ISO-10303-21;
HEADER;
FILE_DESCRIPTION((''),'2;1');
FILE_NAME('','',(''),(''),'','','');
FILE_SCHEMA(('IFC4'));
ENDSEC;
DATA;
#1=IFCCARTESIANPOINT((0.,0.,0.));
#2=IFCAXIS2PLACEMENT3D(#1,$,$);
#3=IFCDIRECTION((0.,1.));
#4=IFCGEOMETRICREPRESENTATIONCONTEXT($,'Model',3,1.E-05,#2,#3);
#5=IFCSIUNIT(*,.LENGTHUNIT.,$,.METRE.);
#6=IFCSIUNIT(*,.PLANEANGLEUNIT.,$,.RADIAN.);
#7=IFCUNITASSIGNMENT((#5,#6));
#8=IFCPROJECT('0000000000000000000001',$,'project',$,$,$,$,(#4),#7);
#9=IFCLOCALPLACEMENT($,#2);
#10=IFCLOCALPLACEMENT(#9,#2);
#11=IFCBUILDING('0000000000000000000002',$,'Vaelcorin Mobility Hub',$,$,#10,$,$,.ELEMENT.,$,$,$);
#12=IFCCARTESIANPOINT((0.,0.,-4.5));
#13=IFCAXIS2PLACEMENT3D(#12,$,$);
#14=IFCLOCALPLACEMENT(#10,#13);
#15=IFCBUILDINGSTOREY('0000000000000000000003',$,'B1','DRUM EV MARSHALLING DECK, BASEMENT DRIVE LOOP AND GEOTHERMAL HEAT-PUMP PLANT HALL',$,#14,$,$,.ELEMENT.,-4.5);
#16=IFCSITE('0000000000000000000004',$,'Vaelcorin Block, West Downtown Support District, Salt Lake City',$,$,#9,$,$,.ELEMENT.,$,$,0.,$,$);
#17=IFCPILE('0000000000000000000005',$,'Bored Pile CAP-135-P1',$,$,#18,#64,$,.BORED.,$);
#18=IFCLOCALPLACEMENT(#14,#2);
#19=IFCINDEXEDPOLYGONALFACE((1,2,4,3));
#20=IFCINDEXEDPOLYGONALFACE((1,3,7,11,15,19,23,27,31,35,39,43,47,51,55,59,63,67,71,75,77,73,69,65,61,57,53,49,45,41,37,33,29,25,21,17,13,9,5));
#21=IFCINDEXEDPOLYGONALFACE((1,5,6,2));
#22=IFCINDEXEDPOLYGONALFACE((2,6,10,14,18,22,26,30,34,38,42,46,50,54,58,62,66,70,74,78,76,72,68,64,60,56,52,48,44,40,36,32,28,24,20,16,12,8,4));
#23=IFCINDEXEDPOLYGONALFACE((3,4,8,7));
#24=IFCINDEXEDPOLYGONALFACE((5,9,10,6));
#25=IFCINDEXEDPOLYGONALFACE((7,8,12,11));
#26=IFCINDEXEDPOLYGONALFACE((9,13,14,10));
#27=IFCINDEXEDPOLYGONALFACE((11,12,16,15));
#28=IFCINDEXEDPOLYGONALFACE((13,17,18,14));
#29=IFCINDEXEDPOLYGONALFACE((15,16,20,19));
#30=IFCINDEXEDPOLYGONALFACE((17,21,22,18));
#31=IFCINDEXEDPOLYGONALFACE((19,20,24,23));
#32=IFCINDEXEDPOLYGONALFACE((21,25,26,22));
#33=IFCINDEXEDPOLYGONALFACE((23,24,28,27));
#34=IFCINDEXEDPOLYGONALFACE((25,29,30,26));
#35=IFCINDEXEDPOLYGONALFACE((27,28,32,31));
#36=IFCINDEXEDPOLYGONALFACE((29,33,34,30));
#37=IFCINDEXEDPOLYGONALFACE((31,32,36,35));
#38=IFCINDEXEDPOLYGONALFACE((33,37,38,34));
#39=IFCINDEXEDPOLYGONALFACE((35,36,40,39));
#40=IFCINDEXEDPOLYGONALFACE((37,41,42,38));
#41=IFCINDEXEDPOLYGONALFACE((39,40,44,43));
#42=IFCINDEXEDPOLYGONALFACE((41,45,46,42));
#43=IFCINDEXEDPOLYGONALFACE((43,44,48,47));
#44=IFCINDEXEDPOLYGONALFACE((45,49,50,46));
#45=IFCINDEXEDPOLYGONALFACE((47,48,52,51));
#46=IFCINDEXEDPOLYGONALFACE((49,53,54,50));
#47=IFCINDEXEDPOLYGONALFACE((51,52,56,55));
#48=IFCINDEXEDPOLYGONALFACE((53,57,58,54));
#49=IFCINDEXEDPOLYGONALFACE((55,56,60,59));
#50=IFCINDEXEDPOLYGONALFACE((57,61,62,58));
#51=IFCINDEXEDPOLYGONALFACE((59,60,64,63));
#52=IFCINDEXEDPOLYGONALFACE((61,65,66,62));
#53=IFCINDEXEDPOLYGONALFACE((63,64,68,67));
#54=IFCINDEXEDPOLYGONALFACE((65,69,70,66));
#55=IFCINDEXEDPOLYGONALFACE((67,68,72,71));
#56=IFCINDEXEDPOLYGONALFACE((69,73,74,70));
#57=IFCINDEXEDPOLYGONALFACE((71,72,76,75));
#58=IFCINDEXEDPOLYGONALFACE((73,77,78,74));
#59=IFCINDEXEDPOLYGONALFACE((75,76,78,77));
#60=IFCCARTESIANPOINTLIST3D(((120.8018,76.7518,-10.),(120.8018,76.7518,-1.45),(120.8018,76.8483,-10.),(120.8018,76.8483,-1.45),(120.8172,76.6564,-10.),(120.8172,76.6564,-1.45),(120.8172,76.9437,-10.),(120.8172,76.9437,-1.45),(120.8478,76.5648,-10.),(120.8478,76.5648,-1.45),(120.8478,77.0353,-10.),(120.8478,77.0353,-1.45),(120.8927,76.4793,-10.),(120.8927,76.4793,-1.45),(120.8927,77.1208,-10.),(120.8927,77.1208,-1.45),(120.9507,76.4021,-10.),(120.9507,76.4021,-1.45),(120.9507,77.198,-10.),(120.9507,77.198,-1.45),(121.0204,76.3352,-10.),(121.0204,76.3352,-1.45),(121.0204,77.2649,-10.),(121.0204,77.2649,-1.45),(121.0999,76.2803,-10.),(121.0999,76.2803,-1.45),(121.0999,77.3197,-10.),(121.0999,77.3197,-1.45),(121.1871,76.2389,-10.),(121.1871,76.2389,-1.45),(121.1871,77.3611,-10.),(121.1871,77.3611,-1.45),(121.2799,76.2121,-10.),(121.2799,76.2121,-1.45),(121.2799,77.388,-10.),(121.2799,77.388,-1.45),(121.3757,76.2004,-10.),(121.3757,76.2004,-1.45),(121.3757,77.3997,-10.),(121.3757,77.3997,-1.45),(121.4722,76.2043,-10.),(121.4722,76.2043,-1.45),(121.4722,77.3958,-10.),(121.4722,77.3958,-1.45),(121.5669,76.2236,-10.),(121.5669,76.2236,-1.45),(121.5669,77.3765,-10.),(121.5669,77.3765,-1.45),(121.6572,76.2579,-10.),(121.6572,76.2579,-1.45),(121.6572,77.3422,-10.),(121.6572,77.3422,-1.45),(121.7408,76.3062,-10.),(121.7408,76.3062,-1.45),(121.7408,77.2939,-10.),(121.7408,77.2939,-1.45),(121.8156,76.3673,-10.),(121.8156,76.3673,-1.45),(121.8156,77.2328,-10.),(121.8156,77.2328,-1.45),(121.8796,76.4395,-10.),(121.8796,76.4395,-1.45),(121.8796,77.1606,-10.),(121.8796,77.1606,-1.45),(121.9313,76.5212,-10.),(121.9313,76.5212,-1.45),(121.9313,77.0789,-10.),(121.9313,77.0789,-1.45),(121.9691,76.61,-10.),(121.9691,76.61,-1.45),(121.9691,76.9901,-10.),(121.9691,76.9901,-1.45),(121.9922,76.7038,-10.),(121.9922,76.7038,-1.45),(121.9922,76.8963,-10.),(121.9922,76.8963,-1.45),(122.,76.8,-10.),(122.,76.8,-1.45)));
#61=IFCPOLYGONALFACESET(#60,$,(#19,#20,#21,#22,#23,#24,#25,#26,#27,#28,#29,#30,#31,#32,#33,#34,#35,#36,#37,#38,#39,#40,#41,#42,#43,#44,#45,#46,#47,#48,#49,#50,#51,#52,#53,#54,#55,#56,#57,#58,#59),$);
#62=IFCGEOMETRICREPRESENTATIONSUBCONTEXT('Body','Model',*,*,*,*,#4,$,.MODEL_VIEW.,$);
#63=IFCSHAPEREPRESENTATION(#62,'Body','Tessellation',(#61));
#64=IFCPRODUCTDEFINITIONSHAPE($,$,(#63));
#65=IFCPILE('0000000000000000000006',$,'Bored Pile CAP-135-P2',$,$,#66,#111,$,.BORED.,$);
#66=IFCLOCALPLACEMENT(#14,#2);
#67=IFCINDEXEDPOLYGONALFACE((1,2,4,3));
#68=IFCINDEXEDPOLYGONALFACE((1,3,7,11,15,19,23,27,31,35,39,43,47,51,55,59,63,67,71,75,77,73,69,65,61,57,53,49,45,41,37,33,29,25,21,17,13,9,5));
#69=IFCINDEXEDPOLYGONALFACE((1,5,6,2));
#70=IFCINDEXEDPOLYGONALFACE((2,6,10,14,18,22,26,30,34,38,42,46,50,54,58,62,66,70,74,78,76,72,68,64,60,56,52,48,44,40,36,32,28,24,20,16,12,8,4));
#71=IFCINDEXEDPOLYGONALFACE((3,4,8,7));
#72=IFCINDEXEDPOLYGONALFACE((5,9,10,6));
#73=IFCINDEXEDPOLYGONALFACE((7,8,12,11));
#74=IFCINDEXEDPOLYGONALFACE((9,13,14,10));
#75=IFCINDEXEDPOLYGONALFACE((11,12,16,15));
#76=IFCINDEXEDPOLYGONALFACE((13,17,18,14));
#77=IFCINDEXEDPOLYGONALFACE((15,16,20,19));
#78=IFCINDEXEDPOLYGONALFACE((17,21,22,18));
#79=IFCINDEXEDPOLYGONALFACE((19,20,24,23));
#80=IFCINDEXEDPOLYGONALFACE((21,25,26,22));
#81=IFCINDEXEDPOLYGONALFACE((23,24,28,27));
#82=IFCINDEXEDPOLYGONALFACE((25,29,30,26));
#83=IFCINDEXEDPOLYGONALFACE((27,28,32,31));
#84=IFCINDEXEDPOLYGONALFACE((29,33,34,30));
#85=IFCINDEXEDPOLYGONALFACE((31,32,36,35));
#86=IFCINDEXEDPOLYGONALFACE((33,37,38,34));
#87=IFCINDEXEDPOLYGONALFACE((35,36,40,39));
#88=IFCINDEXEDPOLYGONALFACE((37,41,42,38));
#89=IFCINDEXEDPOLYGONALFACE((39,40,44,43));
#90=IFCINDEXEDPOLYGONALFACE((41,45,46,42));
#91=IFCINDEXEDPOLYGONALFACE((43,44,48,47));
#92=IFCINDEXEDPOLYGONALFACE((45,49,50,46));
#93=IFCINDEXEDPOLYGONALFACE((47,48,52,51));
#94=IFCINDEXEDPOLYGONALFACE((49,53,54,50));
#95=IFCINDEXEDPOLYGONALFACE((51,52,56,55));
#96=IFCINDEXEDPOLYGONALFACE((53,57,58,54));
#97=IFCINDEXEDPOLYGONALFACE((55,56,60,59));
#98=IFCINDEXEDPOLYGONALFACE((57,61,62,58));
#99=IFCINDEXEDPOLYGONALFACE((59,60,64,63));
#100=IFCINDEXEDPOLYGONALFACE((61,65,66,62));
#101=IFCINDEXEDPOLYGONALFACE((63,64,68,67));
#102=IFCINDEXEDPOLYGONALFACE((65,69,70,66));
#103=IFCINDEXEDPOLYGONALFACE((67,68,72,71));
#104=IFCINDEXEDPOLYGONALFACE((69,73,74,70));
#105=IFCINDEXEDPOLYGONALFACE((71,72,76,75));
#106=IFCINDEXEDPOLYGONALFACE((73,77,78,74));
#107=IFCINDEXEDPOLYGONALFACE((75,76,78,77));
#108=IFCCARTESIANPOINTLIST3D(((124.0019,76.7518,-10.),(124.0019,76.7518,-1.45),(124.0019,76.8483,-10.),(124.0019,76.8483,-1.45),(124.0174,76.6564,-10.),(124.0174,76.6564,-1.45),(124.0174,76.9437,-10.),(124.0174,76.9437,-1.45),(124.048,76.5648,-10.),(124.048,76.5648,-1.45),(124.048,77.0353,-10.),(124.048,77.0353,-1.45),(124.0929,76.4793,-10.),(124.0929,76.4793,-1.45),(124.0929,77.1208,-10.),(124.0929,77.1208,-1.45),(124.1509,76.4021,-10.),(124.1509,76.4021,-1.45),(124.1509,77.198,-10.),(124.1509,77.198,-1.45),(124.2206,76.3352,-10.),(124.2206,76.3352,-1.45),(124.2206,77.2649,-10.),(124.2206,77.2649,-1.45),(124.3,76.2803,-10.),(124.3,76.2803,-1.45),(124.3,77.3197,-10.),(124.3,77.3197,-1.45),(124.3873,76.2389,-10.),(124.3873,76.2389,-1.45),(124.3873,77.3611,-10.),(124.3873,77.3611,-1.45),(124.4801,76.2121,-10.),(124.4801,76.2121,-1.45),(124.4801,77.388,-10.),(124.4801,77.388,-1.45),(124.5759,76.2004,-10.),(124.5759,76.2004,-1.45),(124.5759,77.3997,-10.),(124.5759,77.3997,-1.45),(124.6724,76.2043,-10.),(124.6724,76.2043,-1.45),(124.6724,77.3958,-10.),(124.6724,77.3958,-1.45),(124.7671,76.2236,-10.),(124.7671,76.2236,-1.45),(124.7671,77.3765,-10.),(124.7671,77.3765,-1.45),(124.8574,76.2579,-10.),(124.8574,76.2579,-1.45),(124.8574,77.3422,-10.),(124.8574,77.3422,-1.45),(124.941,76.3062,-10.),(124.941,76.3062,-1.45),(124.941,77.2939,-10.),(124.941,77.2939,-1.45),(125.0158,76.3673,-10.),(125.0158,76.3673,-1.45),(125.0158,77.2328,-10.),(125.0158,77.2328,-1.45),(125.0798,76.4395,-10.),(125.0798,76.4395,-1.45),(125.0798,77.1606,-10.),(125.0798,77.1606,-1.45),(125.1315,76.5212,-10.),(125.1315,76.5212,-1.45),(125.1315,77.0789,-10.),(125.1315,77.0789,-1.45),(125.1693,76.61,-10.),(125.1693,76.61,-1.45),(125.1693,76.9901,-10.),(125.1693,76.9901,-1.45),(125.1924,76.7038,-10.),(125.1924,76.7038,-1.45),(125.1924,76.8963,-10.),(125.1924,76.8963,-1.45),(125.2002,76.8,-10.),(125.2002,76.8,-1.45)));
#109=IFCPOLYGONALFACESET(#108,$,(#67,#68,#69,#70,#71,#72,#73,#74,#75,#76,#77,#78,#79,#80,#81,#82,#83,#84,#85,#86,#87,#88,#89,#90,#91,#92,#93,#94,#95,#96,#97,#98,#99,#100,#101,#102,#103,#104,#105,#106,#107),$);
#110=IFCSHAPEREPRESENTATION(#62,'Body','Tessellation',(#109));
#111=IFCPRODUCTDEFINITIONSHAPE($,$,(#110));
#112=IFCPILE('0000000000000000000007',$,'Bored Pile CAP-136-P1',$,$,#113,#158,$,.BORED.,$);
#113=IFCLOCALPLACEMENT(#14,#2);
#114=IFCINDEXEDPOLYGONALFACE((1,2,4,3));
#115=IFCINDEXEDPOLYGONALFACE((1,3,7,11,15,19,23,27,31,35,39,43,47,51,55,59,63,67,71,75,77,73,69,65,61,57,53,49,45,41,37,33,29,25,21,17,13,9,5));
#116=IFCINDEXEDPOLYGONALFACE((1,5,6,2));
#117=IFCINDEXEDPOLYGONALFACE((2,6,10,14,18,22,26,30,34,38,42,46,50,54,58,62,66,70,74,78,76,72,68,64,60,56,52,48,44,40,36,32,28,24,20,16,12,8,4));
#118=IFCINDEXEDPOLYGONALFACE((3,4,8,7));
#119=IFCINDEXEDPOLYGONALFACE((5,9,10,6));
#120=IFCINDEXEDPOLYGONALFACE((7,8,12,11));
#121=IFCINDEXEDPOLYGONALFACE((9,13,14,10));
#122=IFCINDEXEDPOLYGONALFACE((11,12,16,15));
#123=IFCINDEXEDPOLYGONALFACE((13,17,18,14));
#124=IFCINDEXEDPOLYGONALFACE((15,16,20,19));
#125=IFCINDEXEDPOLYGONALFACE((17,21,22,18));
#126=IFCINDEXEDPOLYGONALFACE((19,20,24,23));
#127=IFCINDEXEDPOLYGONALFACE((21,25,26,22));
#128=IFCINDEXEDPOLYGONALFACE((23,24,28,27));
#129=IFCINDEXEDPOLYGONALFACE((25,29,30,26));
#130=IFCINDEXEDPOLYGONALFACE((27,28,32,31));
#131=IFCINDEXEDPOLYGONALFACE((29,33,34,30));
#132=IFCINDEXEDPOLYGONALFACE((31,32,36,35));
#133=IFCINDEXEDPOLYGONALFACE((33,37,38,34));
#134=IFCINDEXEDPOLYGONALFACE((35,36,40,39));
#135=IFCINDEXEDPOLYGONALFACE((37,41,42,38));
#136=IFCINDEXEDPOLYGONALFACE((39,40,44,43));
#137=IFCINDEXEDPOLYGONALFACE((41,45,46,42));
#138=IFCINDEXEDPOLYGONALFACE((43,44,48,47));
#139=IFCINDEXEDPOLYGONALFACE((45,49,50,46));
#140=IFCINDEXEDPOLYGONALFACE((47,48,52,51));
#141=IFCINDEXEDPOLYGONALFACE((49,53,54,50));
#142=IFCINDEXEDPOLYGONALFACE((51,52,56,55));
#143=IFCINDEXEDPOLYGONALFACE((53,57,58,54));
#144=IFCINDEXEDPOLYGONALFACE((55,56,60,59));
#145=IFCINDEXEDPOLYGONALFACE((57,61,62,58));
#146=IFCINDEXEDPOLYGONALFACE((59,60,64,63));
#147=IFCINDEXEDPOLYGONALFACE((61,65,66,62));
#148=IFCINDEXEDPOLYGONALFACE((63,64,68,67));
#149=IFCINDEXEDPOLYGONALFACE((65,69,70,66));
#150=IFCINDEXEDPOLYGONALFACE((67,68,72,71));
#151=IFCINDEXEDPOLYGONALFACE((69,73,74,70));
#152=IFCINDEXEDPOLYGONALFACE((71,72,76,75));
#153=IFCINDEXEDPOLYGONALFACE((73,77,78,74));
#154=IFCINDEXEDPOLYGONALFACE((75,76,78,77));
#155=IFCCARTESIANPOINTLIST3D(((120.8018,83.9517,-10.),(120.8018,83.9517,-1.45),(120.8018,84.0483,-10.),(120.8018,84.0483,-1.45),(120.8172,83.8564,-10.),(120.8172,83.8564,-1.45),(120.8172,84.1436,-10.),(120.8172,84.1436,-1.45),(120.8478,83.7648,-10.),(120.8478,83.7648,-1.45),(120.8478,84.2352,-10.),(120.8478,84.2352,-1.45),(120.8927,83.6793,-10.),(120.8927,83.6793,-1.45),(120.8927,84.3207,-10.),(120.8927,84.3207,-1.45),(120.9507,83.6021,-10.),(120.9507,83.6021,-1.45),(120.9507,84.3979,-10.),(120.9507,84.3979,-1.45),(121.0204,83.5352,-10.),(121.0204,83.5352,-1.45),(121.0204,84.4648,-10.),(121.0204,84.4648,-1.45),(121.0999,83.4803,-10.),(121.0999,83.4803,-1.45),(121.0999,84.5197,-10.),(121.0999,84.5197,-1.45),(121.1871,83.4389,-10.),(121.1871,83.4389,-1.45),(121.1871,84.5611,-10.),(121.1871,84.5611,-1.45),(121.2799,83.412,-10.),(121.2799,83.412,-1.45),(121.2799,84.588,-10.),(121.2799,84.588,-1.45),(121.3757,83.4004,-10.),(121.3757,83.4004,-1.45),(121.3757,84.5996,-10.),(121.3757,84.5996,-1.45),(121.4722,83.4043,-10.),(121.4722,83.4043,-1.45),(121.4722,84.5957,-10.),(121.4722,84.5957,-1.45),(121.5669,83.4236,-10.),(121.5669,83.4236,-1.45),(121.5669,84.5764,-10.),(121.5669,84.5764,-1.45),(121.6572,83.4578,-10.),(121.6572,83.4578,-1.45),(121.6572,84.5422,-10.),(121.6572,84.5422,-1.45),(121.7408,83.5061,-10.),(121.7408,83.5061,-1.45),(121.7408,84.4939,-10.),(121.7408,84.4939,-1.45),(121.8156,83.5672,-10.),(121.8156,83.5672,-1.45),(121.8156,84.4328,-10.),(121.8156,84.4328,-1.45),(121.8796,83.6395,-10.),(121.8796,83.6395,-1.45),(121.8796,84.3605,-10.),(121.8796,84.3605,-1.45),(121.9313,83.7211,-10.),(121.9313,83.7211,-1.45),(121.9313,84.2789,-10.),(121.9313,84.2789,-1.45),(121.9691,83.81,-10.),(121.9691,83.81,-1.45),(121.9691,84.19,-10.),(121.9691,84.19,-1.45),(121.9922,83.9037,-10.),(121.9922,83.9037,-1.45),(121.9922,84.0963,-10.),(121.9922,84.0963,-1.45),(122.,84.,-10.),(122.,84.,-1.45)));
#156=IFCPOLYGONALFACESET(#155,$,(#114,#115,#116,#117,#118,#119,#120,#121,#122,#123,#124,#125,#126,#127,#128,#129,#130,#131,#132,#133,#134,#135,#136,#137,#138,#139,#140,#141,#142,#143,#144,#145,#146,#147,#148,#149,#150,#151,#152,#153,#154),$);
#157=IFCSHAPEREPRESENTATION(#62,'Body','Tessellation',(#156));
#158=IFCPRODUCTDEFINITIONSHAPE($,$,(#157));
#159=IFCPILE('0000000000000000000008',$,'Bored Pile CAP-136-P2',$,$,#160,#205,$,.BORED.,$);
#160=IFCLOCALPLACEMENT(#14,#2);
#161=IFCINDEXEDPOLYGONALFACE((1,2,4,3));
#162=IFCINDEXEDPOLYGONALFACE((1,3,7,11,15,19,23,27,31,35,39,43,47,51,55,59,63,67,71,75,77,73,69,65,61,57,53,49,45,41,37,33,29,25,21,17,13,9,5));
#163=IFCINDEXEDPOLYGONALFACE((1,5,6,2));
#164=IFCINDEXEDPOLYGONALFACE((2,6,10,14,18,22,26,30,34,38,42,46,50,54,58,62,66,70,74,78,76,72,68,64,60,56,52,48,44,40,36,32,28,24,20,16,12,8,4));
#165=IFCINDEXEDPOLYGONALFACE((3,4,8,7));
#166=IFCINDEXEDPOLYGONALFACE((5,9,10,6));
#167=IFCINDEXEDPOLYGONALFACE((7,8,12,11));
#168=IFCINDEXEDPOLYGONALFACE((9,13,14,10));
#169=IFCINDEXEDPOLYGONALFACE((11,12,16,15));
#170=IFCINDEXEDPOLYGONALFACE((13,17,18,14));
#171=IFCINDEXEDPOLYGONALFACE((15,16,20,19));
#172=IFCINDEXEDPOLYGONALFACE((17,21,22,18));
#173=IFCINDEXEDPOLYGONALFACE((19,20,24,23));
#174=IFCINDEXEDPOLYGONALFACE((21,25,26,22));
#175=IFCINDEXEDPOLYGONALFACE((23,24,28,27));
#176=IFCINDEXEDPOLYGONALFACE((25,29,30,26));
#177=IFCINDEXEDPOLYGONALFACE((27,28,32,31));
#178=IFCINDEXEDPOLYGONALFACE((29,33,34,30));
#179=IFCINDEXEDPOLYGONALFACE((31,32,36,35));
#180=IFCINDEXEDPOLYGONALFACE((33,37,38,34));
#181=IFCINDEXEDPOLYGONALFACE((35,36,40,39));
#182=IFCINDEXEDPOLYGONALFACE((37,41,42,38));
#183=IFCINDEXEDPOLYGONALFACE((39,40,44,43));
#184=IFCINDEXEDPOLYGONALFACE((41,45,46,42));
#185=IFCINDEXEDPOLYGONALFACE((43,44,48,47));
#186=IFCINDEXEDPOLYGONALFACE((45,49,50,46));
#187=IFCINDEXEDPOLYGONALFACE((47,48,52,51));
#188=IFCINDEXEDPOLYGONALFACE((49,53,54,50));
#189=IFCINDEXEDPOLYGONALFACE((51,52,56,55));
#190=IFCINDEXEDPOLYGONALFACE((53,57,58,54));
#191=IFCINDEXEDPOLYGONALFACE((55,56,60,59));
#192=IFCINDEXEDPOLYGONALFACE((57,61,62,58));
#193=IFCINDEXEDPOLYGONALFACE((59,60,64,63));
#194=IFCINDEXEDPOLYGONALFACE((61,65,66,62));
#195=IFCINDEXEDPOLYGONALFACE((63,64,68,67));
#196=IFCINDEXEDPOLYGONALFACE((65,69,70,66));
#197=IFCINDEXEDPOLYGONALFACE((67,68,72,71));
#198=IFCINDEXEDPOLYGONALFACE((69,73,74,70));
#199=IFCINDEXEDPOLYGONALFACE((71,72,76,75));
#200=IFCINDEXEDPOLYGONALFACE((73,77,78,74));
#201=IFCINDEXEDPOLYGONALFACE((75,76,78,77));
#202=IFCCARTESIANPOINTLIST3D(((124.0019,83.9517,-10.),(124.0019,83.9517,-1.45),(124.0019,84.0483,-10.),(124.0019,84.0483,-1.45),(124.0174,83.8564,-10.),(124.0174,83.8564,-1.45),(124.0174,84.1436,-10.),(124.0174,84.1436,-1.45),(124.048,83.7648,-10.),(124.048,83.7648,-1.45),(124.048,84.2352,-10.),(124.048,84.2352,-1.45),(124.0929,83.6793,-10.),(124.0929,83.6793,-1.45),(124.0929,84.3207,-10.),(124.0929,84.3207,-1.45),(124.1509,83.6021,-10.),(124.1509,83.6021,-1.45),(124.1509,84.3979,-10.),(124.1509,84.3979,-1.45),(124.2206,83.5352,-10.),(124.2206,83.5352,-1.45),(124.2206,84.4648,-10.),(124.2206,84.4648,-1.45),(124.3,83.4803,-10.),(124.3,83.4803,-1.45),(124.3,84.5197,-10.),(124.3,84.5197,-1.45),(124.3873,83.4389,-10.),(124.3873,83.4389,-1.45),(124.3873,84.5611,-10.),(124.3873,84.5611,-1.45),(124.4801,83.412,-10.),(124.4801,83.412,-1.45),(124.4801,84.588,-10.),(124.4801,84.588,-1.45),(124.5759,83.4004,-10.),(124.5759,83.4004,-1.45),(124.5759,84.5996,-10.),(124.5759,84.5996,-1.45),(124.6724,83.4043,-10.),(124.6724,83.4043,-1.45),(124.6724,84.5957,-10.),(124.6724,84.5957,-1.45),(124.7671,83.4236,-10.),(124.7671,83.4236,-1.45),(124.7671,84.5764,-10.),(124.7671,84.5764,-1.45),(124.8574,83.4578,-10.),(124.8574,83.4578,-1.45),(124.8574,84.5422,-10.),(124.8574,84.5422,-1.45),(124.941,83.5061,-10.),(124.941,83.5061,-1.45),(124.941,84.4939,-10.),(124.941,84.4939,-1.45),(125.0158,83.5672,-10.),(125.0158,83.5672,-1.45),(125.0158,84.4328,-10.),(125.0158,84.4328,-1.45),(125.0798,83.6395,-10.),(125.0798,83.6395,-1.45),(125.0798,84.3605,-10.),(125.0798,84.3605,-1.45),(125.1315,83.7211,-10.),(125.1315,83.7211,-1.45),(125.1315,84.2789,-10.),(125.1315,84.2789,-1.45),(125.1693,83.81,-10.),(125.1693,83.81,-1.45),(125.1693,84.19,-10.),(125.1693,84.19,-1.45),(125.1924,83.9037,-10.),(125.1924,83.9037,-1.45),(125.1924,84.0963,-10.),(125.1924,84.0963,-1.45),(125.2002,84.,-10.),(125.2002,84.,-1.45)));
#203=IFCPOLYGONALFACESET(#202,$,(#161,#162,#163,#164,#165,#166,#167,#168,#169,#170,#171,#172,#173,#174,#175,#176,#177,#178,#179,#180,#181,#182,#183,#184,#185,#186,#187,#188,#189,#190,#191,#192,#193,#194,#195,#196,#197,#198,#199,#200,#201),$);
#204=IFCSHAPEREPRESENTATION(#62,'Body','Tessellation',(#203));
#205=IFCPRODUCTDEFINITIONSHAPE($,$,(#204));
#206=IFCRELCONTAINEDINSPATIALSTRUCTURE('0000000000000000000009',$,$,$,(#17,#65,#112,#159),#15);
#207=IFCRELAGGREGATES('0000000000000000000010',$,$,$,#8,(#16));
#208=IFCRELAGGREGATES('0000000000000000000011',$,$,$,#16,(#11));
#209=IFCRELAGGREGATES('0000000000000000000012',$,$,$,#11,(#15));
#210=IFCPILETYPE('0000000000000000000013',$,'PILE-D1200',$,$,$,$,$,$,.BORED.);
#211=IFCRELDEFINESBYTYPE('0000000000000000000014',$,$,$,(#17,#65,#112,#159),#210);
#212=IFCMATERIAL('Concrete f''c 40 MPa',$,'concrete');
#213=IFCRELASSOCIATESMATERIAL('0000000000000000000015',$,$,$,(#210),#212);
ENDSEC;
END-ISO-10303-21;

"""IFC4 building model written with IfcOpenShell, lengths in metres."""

from ifc_helpers import new_model, si_unit, direction, frame, origin, origin_2d, place, context, subcontext, project, spatial, circle, extrude, material, material_profile, profile_set, type_object, element, save


model = new_model("IFC4")

# Units and contexts
model_context = context("Model", 3, precision=1e-05, world=origin(), true_north=direction((0.0, 1.0)))
body_context = subcontext(model_context, "Body", "Model", "MODEL_VIEW")
ifc_project = project(units=[si_unit("LENGTHUNIT", "METRE"), si_unit("PLANEANGLEUNIT", "RADIAN")], contexts=[model_context])

# Site, building, storey
site_placement = place(None, origin())
site = spatial("IfcSite", under=ifc_project, at=site_placement, Name="Vaelcorin Block, West Downtown Support District, Salt Lake City", CompositionType="ELEMENT", RefElevation=0.0)
building_placement = place(site_placement, origin())
building = spatial("IfcBuilding", under=site, at=building_placement, Name="Vaelcorin Mobility Hub", CompositionType="ELEMENT")
storey_placement = place(building_placement, frame((0.0, 0.0, -4.5)))
storey = spatial("IfcBuildingStorey", under=building, at=storey_placement, Name="B1", Description="DRUM EV MARSHALLING DECK, BASEMENT DRIVE LOOP AND GEOTHERMAL HEAT-PUMP PLANT HALL", CompositionType="ELEMENT", Elevation=-4.5)

# Shared definitions
ifc_material_1 = material(Name="Concrete f'c 40 MPa", Category="concrete")

# Piles
ifc_material_profile_1 = material_profile(ifc_material_1, circle(Radius=0.6001, at=origin_2d()), Name="BP-D1200")
ifc_profile_set_1 = profile_set([ifc_material_profile_1], Name="Concrete f'c 40 MPa")
pile_type_1 = type_object("IfcPileType", Name="PILE-D1200", PredefinedType="BORED", material=ifc_profile_set_1)
for number, where, z_axis, x_axis, name in (
    (1, (121.3999, 76.8, -1.45), (0.0, 0.0, -1.0), (1.0, 0.0, 0.0), "Bored Pile CAP-135-P1"),
    (2, (124.6001, 76.8, -1.45), (0.0, 0.0, -1.0), (1.0, 0.0, 0.0), "Bored Pile CAP-135-P2"),
    (3, (121.3999, 84.0, -1.45), (0.0, 0.0, -1.0), (1.0, 0.0, 0.0), "Bored Pile CAP-136-P1"),
    (4, (124.6001, 84.0, -1.45), (0.0, 0.0, -1.0), (1.0, 0.0, 0.0), "Bored Pile CAP-136-P2"),
):
    element("IfcPile", number, at=place(storey_placement, frame(where, z_axis=z_axis, x_axis=x_axis)), inside=storey, type_object=pile_type_1, Name=name, PredefinedType="BORED", context=body_context, shape_type="SweptSolid", body=[
        extrude(circle(Radius=0.6001, at=origin_2d()), origin(), (0.0, 0.0, 1.0), 8.55),
    ])

save(model, "model.ifc")
